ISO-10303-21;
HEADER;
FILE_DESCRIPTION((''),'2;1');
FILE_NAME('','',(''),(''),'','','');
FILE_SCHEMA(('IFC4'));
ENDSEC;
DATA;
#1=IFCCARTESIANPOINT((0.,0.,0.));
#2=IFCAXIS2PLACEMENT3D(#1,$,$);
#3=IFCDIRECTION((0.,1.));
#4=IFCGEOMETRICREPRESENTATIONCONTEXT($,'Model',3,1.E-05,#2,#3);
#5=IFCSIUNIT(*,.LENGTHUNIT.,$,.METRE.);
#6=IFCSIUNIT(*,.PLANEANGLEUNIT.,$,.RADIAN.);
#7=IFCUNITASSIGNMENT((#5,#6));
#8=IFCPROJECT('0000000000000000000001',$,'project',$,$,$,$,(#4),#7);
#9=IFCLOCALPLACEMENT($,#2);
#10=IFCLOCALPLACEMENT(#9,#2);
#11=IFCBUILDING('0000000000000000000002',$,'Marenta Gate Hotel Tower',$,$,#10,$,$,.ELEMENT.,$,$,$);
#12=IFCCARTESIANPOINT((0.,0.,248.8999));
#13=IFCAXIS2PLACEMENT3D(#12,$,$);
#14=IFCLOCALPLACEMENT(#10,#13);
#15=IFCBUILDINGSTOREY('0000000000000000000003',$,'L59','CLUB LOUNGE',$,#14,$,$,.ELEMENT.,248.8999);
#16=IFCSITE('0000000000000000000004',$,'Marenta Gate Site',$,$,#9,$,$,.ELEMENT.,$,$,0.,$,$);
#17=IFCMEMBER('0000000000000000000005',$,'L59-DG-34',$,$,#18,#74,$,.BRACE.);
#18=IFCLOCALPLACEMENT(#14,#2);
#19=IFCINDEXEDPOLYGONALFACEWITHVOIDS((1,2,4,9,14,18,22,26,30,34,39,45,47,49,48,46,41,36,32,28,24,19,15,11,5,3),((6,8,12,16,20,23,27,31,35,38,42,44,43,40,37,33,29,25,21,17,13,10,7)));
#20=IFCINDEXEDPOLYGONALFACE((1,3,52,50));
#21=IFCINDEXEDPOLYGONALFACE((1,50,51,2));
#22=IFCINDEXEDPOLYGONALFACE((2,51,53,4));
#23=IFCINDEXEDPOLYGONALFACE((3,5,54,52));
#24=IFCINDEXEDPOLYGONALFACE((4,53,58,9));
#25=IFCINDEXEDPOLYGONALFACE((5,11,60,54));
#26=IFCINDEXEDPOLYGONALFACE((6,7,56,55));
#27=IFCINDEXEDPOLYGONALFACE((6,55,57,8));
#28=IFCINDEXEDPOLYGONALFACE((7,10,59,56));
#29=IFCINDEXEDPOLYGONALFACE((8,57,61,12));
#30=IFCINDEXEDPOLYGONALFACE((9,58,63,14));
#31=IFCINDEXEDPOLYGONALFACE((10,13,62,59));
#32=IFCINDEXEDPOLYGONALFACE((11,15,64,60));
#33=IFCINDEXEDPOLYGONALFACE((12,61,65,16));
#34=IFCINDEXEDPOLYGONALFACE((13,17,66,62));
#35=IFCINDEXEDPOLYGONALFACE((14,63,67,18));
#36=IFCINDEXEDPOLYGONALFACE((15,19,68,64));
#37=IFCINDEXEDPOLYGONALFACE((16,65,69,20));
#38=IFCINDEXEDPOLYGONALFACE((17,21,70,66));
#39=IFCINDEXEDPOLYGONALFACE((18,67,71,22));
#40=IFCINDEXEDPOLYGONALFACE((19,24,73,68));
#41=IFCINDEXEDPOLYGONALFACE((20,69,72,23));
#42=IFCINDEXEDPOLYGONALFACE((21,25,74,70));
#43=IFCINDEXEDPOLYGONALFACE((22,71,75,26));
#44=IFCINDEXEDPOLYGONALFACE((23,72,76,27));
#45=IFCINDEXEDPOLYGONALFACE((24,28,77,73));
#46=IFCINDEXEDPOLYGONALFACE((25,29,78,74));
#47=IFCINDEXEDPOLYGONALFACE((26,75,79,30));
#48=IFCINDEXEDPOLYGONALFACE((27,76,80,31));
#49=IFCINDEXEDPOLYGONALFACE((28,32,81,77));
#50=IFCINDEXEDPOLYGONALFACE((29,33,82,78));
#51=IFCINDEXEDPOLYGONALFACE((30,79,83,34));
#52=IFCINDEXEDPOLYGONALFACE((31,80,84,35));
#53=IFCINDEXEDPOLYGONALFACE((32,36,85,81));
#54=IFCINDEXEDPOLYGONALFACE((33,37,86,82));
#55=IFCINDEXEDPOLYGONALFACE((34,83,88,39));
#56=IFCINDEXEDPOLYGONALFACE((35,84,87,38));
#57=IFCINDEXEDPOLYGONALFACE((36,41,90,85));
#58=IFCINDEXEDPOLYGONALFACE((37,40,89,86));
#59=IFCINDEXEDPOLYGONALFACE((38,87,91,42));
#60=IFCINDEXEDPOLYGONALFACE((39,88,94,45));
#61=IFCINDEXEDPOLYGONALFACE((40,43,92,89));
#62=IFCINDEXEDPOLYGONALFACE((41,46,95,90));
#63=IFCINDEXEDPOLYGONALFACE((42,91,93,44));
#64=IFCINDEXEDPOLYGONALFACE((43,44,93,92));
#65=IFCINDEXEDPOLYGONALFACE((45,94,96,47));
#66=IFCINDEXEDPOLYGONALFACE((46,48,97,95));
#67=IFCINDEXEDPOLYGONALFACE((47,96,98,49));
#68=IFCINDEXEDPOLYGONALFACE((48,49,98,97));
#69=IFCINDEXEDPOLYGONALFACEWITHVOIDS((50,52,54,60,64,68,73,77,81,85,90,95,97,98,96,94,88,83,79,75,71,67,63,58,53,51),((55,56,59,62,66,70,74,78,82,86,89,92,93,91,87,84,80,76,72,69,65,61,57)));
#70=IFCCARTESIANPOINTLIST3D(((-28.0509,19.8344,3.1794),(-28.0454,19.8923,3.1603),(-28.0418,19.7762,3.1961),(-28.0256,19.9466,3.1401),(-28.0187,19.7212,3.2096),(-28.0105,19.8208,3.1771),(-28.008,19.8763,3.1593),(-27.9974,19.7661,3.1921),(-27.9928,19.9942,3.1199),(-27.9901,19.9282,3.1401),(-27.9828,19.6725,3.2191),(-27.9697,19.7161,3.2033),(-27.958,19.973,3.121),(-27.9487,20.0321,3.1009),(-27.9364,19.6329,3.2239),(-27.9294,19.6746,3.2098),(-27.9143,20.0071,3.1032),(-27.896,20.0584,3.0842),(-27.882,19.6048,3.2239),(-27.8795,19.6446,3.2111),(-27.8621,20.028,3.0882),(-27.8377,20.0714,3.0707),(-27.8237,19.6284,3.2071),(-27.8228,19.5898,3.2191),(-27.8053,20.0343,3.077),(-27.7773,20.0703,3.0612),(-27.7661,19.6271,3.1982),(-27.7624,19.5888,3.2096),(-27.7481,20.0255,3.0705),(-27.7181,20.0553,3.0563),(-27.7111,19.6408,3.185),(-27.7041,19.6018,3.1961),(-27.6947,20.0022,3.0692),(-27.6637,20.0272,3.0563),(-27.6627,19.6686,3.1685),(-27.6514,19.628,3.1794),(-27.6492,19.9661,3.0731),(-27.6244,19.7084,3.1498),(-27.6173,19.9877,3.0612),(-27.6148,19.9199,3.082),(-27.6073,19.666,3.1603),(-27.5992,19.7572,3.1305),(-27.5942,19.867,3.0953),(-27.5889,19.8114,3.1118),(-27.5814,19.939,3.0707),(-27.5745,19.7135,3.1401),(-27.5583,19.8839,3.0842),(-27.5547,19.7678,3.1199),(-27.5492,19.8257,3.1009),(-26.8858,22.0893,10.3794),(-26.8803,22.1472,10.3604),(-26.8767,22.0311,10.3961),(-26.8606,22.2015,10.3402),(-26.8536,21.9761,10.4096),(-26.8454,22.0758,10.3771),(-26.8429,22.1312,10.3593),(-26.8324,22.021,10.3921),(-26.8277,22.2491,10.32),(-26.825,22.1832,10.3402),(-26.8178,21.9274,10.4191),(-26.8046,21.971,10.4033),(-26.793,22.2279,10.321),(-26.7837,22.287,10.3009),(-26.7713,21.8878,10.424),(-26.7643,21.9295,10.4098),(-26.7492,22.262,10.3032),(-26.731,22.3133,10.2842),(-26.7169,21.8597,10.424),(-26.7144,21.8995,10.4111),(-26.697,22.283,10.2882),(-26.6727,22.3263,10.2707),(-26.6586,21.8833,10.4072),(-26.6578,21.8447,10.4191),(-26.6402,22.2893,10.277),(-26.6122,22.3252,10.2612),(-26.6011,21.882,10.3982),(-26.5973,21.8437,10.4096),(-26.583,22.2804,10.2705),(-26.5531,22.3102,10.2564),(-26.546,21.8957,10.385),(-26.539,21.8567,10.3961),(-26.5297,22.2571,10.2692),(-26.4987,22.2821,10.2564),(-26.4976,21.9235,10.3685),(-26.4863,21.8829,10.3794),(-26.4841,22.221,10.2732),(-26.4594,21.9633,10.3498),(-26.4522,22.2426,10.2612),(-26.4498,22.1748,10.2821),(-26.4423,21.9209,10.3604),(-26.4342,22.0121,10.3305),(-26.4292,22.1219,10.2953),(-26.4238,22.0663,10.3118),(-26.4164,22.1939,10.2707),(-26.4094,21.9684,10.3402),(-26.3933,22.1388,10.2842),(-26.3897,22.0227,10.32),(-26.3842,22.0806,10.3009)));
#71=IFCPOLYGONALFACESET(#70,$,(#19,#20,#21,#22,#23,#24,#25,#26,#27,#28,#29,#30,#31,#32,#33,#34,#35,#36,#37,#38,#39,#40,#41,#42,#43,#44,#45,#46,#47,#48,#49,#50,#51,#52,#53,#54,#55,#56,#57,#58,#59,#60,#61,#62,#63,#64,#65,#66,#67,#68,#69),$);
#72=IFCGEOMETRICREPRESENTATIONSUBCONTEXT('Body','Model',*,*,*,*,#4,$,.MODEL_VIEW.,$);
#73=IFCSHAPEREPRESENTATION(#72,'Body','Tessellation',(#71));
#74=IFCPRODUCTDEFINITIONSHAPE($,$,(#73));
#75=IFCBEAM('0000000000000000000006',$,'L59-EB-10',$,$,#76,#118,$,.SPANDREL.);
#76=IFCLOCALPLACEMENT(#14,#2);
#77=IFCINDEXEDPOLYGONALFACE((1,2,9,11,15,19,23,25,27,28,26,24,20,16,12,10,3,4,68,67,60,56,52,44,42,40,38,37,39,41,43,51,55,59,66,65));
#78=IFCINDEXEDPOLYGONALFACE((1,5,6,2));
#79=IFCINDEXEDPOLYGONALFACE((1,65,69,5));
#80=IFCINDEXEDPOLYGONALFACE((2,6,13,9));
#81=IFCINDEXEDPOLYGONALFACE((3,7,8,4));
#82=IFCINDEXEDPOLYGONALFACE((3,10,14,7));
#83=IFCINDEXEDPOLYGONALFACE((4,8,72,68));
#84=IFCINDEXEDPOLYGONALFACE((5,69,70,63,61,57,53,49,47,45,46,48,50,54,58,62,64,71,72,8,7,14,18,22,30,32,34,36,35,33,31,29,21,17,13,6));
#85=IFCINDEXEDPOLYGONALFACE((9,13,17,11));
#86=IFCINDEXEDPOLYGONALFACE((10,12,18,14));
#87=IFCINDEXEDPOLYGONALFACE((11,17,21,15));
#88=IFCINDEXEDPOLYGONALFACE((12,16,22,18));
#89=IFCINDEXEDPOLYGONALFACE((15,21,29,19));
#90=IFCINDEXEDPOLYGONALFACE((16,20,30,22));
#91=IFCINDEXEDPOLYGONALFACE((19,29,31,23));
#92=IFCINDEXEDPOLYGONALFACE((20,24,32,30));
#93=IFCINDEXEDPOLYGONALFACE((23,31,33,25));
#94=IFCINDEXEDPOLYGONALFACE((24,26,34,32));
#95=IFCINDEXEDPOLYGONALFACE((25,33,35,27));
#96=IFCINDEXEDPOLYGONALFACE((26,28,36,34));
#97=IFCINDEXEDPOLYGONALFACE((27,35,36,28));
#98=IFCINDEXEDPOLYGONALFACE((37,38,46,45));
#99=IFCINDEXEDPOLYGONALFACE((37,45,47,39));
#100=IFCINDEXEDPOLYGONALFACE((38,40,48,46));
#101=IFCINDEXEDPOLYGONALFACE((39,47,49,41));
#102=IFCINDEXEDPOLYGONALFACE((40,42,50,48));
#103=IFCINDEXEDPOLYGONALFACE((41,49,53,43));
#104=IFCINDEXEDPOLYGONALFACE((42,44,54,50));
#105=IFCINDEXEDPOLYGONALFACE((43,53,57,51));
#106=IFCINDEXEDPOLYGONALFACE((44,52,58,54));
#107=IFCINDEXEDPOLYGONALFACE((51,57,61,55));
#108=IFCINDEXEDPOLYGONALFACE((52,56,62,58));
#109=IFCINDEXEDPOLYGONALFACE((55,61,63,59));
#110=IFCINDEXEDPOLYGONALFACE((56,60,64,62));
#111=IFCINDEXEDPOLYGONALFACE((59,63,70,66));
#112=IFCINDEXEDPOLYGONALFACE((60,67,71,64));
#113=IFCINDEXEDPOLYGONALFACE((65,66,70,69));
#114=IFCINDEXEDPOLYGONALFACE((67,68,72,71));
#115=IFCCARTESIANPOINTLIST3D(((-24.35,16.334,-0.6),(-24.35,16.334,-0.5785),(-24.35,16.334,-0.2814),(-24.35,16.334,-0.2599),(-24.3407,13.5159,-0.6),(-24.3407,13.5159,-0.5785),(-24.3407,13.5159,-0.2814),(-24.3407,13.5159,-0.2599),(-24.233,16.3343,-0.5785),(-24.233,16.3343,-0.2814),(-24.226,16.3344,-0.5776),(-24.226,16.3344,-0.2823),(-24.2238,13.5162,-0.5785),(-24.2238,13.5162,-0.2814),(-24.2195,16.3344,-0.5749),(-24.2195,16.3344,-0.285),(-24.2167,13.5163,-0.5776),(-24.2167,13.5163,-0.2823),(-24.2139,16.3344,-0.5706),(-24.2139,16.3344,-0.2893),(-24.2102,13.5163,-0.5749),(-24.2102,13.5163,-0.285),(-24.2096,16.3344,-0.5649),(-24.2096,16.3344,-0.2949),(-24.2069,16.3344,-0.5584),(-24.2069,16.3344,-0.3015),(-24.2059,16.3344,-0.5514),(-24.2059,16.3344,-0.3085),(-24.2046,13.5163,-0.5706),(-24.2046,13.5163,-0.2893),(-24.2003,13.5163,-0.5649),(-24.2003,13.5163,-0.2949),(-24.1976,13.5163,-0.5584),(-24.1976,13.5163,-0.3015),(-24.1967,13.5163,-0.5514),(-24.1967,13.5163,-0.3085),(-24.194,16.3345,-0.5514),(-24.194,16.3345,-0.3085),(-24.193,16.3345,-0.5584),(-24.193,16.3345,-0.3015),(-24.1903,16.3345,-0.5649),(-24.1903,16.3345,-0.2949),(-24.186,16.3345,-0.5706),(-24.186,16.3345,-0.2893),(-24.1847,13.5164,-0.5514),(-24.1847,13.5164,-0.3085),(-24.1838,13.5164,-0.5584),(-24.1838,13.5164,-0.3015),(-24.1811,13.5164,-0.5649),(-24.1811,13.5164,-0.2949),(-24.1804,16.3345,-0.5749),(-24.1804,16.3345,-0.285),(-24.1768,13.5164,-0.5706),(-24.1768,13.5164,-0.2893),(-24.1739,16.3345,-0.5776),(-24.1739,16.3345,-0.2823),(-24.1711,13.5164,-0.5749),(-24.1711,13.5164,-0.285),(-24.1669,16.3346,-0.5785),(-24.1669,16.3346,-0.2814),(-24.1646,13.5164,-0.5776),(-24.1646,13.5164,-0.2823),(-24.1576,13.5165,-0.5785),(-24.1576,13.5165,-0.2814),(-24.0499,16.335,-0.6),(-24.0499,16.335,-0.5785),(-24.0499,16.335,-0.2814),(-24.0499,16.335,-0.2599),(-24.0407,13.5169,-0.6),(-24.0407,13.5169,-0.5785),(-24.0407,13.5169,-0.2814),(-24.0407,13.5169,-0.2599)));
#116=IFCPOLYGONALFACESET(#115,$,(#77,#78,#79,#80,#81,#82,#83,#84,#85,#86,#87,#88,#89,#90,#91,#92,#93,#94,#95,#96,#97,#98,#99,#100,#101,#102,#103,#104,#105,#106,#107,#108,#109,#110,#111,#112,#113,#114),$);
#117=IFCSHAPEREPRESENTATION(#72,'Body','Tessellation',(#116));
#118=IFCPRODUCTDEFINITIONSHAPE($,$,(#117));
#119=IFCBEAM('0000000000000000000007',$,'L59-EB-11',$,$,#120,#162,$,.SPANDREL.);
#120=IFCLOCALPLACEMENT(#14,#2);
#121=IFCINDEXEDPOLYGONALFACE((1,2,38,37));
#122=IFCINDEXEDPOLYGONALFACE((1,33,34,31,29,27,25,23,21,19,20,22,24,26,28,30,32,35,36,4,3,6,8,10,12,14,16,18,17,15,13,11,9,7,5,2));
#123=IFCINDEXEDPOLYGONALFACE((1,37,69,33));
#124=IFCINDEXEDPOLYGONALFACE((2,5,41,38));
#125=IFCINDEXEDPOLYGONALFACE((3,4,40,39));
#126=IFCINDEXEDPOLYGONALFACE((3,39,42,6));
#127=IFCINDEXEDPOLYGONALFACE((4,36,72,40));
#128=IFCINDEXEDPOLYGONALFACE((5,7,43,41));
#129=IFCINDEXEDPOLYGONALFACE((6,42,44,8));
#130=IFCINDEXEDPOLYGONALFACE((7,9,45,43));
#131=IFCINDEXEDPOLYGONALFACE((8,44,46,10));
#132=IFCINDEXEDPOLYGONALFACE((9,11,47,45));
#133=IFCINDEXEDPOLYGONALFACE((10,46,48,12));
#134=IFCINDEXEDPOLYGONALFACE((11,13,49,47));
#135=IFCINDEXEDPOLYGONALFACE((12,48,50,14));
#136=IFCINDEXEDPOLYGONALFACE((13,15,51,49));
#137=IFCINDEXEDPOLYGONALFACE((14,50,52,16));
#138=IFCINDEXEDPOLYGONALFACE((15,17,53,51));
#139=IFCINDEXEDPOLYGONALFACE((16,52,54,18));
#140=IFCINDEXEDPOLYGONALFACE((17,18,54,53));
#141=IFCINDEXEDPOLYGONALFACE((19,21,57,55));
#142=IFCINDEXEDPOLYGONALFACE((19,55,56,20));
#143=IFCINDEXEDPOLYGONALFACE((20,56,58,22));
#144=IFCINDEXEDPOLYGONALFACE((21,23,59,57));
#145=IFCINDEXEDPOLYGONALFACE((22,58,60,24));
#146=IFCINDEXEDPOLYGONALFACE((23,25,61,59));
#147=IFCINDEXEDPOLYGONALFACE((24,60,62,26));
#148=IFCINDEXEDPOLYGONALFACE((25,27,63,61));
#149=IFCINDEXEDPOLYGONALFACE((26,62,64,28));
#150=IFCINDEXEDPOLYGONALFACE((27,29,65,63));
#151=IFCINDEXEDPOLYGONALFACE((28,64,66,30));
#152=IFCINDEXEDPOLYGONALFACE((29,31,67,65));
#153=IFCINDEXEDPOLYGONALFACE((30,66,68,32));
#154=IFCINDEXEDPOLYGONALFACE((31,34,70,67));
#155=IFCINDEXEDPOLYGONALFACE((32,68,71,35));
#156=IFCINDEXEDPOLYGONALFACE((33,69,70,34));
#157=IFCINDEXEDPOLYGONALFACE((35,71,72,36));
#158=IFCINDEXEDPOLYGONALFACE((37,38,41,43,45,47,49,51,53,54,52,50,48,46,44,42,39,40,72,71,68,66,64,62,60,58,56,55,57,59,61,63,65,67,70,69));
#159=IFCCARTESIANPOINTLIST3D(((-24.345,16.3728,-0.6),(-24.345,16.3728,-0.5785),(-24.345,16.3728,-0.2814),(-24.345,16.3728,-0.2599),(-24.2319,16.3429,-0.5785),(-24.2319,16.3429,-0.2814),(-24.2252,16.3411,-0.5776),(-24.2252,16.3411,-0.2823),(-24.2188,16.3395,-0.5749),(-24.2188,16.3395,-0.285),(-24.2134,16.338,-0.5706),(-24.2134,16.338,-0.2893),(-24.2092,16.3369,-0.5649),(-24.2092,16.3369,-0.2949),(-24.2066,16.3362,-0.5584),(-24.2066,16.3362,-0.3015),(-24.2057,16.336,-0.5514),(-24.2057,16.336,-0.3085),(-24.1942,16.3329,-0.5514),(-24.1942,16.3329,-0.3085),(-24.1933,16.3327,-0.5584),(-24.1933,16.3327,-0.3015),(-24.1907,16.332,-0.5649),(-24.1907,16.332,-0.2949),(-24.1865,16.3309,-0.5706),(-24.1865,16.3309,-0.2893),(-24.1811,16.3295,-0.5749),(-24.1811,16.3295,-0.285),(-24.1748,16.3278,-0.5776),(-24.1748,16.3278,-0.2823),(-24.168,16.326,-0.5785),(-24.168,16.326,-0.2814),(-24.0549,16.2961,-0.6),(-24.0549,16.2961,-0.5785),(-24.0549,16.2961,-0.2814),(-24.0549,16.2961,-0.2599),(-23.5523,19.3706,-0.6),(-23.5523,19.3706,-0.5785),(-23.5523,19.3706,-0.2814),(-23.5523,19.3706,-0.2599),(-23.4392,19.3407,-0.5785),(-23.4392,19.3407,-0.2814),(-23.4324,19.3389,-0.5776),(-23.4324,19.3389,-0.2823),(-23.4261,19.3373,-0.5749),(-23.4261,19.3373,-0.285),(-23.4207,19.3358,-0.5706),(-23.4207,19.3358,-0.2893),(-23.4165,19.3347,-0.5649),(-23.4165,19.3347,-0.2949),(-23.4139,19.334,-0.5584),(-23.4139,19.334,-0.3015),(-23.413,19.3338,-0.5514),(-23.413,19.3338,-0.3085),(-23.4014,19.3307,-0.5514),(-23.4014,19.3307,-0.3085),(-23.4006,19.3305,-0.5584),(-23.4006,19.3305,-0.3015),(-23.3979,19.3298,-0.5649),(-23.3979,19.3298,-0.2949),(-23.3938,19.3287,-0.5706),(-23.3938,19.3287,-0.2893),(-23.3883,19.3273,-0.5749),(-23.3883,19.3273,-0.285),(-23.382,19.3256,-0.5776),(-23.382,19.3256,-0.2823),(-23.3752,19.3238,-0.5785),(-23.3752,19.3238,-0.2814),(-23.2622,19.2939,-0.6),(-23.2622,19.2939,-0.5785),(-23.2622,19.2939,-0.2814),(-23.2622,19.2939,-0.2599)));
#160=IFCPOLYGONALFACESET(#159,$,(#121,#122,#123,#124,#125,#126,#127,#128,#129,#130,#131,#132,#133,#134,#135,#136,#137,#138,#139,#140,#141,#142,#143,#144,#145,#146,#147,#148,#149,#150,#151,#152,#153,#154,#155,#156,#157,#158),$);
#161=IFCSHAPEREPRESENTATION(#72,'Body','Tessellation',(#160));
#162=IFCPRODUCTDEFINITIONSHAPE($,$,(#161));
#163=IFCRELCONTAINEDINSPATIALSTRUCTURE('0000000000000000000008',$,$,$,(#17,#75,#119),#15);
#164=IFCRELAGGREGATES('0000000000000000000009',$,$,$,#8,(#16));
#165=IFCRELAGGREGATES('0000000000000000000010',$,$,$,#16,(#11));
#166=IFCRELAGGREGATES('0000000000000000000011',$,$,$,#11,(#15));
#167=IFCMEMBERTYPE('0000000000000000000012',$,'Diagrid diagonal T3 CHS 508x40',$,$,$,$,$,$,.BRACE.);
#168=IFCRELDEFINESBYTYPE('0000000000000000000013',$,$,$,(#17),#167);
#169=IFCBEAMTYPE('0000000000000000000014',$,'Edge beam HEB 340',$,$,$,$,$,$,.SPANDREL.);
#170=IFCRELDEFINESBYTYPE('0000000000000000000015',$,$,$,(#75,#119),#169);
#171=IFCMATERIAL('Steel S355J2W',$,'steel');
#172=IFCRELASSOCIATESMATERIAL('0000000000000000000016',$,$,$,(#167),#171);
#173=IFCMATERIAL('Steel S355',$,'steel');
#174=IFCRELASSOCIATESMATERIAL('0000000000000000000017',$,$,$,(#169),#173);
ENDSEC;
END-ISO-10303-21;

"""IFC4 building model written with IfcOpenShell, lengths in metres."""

from ifc_helpers import new_model, si_unit, direction, frame, origin, origin_2d, place, context, subcontext, project, spatial, hollow_circle, i_section, extrude, material, material_profile, profile_set, type_object, element, save


model = new_model("IFC4")

# Units and contexts
model_context = context("Model", 3, precision=1e-05, world=origin(), true_north=direction((0.0, 1.0)))
body_context = subcontext(model_context, "Body", "Model", "MODEL_VIEW")
ifc_project = project(units=[si_unit("LENGTHUNIT", "METRE"), si_unit("PLANEANGLEUNIT", "RADIAN")], contexts=[model_context])

# Site, building, storey
site_placement = place(None, origin())
site = spatial("IfcSite", under=ifc_project, at=site_placement, Name="Marenta Gate Site", CompositionType="ELEMENT", RefElevation=0.0)
building_placement = place(site_placement, origin())
building = spatial("IfcBuilding", under=site, at=building_placement, Name="Marenta Gate Hotel Tower", CompositionType="ELEMENT")
storey_placement = place(building_placement, frame((0.0, 0.0, 248.8999)))
storey = spatial("IfcBuildingStorey", under=building, at=storey_placement, Name="L59", Description="CLUB LOUNGE", CompositionType="ELEMENT", Elevation=248.8999)

# Member
ifc_material_1 = material(Name="Steel S355J2W", Category="steel")
ifc_material_profile_1 = material_profile(ifc_material_1, hollow_circle(Radius=0.2539, WallThickness=0.04, at=origin_2d()), Name="CHS 508x40")
ifc_profile_set_1 = profile_set([ifc_material_profile_1], Name="Steel S355J2W")
member_type_1 = type_object("IfcMemberType", Name="Diagrid diagonal T3 CHS 508x40", PredefinedType="BRACE", material=ifc_profile_set_1)
member_1_placement = place(storey_placement, frame((-27.8, 19.8301, 3.1401), z_axis=(0.152608, 0.295366, 0.943117), x_axis=(-0.888423, 0.459025, 0.0)))
element("IfcMember", 1, at=member_1_placement, inside=storey, type_object=member_type_1, Name="L59-DG-34", PredefinedType="BRACE", context=body_context, shape_type="SweptSolid", body=[
    extrude(hollow_circle(Radius=0.2539, WallThickness=0.04, at=origin_2d()), origin(), (0.0, 0.0, 1.0), 7.6343),
])

# Beams
ifc_material_2 = material(Name="Steel S355", Category="steel")
ifc_material_profile_2 = material_profile(ifc_material_2, i_section(OverallWidth=0.3, OverallDepth=0.3401, WebThickness=0.012, FlangeThickness=0.0215, FilletRadius=0.0271, at=origin_2d()), Name="HEB 340")
ifc_profile_set_2 = profile_set([ifc_material_profile_2], Name="Steel S355")
beam_type_1 = type_object("IfcBeamType", Name="Edge beam HEB 340", PredefinedType="SPANDREL", material=ifc_profile_set_2)
beam_1_placement = place(storey_placement, frame((-24.1907, 13.5164, -0.4299), z_axis=(-0.003292, 0.999995, 0.0), x_axis=(-0.999995, -0.003292, 0.0)))
element("IfcBeam", 2, at=beam_1_placement, inside=storey, type_object=beam_type_1, Name="L59-EB-10", PredefinedType="SPANDREL", context=body_context, shape_type="SweptSolid", body=[
    extrude(i_section(OverallWidth=0.3, OverallDepth=0.3401, WebThickness=0.012, FlangeThickness=0.0215, FilletRadius=0.0271, at=origin_2d()), origin(), (0.0, 0.0, 1.0), 2.8181),
])
beam_2_placement = place(storey_placement, frame((-24.2, 16.3345, -0.4299), z_axis=(0.255648, 0.96677, 0.0), x_axis=(-0.96677, 0.255648, 0.0)))
element("IfcBeam", 3, at=beam_2_placement, inside=storey, type_object=beam_type_1, Name="L59-EB-11", PredefinedType="SPANDREL", context=body_context, shape_type="SweptSolid", body=[
    extrude(i_section(OverallWidth=0.3, OverallDepth=0.3401, WebThickness=0.012, FlangeThickness=0.0215, FilletRadius=0.0271, at=origin_2d()), origin(), (0.0, 0.0, 1.0), 3.1008),
])

save(model, "model.ifc")
